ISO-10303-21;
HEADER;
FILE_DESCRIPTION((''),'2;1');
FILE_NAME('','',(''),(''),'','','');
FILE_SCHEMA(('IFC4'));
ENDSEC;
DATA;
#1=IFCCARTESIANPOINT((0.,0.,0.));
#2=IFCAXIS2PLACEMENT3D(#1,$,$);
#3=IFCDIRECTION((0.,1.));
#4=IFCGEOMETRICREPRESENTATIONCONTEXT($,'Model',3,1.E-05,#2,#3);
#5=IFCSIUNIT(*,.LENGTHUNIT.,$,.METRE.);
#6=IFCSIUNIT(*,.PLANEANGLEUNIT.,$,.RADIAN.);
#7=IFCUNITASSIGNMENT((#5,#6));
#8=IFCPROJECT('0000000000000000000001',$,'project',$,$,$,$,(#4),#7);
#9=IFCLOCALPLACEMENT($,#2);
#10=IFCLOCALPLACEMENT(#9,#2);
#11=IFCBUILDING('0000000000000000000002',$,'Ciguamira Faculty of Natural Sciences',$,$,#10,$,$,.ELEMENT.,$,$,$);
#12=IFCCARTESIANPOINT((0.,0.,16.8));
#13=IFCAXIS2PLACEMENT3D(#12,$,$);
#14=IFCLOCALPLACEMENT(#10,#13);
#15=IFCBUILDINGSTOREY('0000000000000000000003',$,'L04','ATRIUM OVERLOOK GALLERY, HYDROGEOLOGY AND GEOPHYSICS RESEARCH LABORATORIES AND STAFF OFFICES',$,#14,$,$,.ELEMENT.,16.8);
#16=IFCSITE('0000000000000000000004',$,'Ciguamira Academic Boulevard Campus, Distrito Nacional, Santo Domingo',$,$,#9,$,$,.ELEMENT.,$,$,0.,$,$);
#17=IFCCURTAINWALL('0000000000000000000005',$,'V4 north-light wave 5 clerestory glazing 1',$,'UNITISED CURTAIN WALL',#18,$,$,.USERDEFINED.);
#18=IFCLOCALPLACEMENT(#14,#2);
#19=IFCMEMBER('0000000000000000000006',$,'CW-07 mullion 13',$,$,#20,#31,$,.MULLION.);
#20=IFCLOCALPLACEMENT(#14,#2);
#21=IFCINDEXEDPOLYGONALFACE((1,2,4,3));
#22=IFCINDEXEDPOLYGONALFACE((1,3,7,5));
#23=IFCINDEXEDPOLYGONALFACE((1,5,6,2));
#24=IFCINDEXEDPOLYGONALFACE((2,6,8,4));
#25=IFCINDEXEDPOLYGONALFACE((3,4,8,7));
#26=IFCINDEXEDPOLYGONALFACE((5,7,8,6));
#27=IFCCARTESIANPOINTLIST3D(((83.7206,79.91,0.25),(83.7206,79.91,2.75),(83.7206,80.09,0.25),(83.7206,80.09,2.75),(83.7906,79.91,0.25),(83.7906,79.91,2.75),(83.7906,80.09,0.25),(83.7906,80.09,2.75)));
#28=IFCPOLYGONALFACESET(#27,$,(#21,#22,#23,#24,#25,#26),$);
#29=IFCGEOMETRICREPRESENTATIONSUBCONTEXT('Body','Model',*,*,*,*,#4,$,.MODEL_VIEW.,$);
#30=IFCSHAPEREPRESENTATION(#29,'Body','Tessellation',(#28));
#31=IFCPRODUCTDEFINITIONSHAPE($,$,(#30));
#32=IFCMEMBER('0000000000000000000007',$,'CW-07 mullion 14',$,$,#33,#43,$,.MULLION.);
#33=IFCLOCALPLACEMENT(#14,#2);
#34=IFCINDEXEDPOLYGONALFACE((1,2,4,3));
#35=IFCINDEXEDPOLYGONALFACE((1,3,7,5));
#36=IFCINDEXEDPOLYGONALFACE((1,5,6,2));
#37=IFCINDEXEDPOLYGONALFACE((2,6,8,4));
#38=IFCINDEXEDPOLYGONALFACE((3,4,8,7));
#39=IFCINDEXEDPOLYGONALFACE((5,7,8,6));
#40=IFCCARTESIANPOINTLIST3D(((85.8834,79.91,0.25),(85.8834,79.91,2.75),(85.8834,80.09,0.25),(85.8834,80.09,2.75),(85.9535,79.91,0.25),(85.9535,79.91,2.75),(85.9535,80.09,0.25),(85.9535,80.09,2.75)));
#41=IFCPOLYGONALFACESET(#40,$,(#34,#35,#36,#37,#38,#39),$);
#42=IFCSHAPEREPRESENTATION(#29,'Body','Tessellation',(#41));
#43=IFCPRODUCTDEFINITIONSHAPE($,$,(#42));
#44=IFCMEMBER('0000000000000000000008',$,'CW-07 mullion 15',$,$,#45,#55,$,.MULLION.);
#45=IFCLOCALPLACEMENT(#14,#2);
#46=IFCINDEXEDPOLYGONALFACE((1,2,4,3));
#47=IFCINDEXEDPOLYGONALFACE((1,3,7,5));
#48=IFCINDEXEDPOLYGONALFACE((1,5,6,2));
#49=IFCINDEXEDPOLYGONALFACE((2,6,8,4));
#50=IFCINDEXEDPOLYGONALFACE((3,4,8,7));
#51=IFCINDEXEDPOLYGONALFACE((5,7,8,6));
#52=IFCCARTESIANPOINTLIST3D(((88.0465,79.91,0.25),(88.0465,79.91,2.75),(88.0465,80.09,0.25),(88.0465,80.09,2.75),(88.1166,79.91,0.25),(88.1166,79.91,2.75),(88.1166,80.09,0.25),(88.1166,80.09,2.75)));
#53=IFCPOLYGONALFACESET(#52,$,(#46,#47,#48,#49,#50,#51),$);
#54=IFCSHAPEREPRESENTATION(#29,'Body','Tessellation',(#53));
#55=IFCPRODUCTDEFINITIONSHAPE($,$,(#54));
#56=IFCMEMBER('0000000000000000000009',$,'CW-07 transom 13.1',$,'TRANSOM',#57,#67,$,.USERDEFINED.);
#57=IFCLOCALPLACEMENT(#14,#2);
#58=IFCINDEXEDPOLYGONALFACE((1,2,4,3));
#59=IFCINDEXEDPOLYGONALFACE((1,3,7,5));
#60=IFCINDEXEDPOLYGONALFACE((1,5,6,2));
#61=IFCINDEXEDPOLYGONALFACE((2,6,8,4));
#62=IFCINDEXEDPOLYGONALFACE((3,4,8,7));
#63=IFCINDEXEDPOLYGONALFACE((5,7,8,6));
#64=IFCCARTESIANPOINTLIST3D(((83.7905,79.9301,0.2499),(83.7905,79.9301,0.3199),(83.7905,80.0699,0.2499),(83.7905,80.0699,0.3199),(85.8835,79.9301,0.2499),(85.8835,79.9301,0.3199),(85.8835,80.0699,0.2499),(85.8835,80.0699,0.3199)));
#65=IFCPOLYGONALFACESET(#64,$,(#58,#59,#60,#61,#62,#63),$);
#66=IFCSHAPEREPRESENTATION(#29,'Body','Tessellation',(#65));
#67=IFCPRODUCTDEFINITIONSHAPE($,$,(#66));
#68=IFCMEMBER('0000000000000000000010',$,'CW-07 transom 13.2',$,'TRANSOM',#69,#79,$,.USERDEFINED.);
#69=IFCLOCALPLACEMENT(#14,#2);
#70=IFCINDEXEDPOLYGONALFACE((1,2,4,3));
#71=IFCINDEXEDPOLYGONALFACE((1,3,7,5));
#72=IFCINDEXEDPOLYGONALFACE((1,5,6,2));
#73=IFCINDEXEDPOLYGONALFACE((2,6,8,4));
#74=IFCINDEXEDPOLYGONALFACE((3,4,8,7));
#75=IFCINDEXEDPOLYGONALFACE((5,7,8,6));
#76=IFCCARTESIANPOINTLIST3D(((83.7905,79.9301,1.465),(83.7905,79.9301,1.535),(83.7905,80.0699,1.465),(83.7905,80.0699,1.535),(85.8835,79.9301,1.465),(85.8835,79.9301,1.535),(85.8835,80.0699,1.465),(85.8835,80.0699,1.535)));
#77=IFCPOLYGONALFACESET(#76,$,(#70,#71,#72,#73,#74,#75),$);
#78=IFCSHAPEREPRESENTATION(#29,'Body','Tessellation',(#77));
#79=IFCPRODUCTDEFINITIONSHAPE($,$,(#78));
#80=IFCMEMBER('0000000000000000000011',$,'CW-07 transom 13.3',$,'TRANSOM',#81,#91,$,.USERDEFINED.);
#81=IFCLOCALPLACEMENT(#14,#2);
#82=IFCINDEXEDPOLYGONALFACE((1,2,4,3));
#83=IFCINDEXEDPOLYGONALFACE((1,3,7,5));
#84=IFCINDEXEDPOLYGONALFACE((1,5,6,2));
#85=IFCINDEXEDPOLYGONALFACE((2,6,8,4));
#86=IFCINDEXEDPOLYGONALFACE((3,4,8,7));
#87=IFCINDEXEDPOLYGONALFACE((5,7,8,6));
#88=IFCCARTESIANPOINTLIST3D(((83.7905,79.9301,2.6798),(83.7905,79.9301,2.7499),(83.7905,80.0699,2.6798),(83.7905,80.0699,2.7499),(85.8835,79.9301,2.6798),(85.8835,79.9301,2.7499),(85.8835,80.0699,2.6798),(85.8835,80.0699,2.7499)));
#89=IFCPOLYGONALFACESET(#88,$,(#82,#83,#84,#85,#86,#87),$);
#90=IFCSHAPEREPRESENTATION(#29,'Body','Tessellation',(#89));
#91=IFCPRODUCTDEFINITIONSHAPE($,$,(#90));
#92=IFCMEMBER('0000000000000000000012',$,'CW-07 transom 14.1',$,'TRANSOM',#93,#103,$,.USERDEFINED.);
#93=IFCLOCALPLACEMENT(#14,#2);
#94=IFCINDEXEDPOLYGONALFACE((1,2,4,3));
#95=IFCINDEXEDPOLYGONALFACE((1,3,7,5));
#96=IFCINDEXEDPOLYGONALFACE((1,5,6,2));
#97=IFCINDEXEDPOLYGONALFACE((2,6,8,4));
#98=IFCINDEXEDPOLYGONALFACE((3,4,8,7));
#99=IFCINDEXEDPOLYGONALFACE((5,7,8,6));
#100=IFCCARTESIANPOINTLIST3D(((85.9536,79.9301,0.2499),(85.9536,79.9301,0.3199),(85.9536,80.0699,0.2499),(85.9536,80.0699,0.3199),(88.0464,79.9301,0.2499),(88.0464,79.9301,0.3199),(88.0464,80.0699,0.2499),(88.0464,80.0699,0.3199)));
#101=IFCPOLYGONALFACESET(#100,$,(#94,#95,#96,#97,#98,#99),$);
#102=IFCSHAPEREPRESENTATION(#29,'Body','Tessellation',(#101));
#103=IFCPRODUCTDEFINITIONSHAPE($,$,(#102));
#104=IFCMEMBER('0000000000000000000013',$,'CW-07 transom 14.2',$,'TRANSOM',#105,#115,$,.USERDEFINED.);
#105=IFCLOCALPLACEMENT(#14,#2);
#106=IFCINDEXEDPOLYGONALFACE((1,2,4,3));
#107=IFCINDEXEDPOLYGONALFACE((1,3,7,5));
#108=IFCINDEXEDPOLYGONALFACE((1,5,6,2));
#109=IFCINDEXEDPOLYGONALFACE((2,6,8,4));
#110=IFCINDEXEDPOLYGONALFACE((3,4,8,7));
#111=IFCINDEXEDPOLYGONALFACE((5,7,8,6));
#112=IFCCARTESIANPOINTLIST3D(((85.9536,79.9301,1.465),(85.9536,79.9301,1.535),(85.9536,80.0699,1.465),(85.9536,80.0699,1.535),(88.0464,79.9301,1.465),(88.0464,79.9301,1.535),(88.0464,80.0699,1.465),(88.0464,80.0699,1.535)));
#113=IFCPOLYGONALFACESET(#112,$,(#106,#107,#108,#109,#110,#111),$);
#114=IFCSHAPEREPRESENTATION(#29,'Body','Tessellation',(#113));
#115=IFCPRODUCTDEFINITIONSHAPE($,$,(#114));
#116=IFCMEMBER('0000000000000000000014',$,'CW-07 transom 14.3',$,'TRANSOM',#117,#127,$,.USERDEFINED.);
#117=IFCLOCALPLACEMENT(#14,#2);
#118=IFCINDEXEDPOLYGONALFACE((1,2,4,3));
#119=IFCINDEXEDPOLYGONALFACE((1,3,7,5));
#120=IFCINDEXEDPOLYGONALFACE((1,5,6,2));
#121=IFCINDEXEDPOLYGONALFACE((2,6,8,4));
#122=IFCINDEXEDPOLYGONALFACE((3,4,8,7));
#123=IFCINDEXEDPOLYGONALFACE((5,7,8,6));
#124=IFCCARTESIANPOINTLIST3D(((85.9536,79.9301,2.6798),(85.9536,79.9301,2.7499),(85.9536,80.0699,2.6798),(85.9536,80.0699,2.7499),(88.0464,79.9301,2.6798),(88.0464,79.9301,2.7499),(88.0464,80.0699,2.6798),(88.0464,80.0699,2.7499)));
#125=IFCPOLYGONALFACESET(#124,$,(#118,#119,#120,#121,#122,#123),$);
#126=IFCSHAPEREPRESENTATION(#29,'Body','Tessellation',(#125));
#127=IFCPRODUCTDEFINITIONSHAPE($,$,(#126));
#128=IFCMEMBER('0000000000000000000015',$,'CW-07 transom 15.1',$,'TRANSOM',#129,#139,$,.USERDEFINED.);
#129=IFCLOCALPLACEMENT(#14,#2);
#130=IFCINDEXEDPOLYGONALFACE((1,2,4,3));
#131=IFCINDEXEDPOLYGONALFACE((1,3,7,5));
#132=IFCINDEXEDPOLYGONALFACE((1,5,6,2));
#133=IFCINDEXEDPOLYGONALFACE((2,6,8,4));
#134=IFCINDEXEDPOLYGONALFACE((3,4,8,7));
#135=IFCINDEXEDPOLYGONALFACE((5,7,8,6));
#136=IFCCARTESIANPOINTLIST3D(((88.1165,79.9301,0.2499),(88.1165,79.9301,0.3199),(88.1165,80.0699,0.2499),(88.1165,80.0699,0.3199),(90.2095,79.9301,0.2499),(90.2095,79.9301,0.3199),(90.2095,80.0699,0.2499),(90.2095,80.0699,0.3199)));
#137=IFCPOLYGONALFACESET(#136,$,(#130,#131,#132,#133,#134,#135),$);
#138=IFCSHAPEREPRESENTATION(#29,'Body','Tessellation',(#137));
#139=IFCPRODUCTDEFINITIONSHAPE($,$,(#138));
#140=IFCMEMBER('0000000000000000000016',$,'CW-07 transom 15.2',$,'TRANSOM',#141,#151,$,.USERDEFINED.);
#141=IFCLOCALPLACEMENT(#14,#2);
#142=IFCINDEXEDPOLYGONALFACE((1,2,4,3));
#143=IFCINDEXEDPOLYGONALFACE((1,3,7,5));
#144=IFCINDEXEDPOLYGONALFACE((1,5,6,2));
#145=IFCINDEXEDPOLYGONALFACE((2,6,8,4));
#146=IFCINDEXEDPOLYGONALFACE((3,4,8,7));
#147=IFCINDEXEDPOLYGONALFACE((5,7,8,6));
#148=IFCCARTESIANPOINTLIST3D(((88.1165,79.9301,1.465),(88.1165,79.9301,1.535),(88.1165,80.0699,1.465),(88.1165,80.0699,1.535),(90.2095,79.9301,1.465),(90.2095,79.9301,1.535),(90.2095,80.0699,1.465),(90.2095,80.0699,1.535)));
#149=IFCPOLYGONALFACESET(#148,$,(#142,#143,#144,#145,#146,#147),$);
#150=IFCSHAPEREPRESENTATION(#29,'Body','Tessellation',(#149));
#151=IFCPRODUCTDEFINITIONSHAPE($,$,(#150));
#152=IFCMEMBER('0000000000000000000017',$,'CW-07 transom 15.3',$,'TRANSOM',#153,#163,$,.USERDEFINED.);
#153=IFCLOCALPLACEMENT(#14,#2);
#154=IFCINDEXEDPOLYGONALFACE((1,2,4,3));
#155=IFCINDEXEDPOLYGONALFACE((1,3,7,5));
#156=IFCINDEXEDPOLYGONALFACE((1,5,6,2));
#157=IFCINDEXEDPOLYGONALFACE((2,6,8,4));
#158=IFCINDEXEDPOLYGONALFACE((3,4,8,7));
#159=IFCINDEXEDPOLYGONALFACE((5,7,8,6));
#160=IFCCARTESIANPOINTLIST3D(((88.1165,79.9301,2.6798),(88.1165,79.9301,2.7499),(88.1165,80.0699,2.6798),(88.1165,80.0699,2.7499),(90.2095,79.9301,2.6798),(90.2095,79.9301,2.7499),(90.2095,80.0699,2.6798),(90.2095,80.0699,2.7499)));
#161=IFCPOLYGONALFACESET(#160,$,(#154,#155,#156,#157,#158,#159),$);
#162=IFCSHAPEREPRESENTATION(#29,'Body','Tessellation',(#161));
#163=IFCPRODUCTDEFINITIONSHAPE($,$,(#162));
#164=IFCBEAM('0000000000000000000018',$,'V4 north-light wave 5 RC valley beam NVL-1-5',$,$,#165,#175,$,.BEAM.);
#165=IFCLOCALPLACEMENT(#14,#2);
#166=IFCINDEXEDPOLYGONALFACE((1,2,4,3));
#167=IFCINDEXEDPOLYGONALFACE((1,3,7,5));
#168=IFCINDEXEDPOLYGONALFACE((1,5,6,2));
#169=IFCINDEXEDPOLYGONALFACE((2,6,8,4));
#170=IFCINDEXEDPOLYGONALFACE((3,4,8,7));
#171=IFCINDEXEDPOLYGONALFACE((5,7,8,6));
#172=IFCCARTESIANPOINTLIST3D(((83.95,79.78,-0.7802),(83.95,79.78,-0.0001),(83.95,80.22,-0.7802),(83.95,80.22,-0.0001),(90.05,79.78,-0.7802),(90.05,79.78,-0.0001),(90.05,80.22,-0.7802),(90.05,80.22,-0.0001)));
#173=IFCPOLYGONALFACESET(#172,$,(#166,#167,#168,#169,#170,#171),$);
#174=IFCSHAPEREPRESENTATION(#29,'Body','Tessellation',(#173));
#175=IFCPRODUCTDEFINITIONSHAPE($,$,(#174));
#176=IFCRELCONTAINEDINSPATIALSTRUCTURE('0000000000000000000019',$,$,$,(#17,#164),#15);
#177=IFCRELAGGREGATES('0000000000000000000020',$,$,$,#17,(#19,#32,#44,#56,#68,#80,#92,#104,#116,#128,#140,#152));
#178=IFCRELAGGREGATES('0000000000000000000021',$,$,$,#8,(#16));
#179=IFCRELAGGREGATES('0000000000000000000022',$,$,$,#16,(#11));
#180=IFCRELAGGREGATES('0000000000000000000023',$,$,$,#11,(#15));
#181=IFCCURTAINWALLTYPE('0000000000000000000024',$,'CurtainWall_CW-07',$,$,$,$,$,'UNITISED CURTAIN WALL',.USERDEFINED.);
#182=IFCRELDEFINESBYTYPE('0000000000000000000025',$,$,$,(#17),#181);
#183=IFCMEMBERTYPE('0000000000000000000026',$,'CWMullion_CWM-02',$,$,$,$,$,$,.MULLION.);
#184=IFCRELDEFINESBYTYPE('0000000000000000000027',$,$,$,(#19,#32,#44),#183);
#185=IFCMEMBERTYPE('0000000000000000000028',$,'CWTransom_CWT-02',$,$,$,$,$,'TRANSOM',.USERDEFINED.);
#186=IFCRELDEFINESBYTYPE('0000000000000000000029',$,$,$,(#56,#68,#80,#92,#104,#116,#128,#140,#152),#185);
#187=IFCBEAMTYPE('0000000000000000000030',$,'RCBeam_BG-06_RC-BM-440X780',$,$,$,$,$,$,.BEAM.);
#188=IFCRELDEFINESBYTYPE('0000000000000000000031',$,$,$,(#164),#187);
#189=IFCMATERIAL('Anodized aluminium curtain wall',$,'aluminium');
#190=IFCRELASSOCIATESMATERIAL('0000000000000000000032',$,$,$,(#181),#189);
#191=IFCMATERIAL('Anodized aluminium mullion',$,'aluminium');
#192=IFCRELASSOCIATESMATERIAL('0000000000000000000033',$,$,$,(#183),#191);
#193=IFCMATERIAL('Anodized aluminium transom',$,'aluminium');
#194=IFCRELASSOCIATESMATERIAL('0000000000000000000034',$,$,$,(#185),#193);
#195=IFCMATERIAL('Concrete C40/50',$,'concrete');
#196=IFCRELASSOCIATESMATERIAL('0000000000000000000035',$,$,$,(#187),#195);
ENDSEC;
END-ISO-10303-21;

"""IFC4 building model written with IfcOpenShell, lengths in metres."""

from ifc_helpers import new_model, si_unit, direction, frame, origin, origin_2d, place, context, subcontext, project, spatial, rectangle, extrude, material, material_profile, profile_set, type_object, element, aggregate, save


model = new_model("IFC4")

# Units and contexts
model_context = context("Model", 3, precision=1e-05, world=origin(), true_north=direction((0.0, 1.0)))
body_context = subcontext(model_context, "Body", "Model", "MODEL_VIEW")
ifc_project = project(units=[si_unit("LENGTHUNIT", "METRE"), si_unit("PLANEANGLEUNIT", "RADIAN")], contexts=[model_context])

# Site, building, storey
site_placement = place(None, origin())
site = spatial("IfcSite", under=ifc_project, at=site_placement, Name="Ciguamira Academic Boulevard Campus, Distrito Nacional, Santo Domingo", CompositionType="ELEMENT", RefElevation=0.0)
building_placement = place(site_placement, origin())
building = spatial("IfcBuilding", under=site, at=building_placement, Name="Ciguamira Faculty of Natural Sciences", CompositionType="ELEMENT")
storey_placement = place(building_placement, frame((0.0, 0.0, 16.8)))
storey = spatial("IfcBuildingStorey", under=building, at=storey_placement, Name="L04", Description="ATRIUM OVERLOOK GALLERY, HYDROGEOLOGY AND GEOPHYSICS RESEARCH LABORATORIES AND STAFF OFFICES", CompositionType="ELEMENT", Elevation=16.8)

# Curtain wall, members
ifc_material_1 = material(Name="Anodized aluminium curtain wall", Category="aluminium")
curtain_wall_type = type_object("IfcCurtainWallType", Name="CurtainWall_CW-07", ElementType="UNITISED CURTAIN WALL", PredefinedType="USERDEFINED", material=ifc_material_1)
curtain_wall_placement = place(storey_placement, origin())
curtain_wall = element("IfcCurtainWall", 1, at=curtain_wall_placement, inside=storey, type_object=curtain_wall_type, Name="V4 north-light wave 5 clerestory glazing 1", ObjectType="UNITISED CURTAIN WALL", PredefinedType="USERDEFINED")
ifc_material_2 = material(Name="Anodized aluminium mullion", Category="aluminium")
ifc_material_profile_1 = material_profile(ifc_material_2, rectangle(XDim=0.0701, YDim=0.1799, at=origin_2d()), Name="ALU-MUL-70X180")
ifc_profile_set_1 = profile_set([ifc_material_profile_1], Name="Anodized aluminium mullion")
member_type_1 = type_object("IfcMemberType", Name="CWMullion_CWM-02", PredefinedType="MULLION", material=ifc_profile_set_1)
member_1_placement = place(storey_placement, frame((83.7556, 80.0, 0.25), z_axis=(0.0, 0.0, 1.0), x_axis=(1.0, 0.0, 0.0)))
member_1 = element("IfcMember", 2, at=member_1_placement, type_object=member_type_1, Name="CW-07 mullion 13", PredefinedType="MULLION", context=body_context, shape_type="SweptSolid", body=[
    extrude(rectangle(XDim=0.0701, YDim=0.1799, at=origin_2d()), origin(), (0.0, 0.0, 1.0), 2.5),
])
member_2_placement = place(storey_placement, frame((85.9185, 80.0, 0.25), z_axis=(0.0, 0.0, 1.0), x_axis=(1.0, 0.0, 0.0)))
member_2 = element("IfcMember", 3, at=member_2_placement, type_object=member_type_1, Name="CW-07 mullion 14", PredefinedType="MULLION", context=body_context, shape_type="SweptSolid", body=[
    extrude(rectangle(XDim=0.0701, YDim=0.1799, at=origin_2d()), origin(), (0.0, 0.0, 1.0), 2.5),
])
member_3_placement = place(storey_placement, frame((88.0815, 80.0, 0.25), z_axis=(0.0, 0.0, 1.0), x_axis=(1.0, 0.0, 0.0)))
member_3 = element("IfcMember", 4, at=member_3_placement, type_object=member_type_1, Name="CW-07 mullion 15", PredefinedType="MULLION", context=body_context, shape_type="SweptSolid", body=[
    extrude(rectangle(XDim=0.0701, YDim=0.1799, at=origin_2d()), origin(), (0.0, 0.0, 1.0), 2.5),
])
ifc_material_3 = material(Name="Anodized aluminium transom", Category="aluminium")
ifc_material_profile_2 = material_profile(ifc_material_3, rectangle(XDim=0.0701, YDim=0.1399, at=origin_2d()), Name="ALU-TRN-70X140")
ifc_profile_set_2 = profile_set([ifc_material_profile_2], Name="Anodized aluminium transom")
member_type_2 = type_object("IfcMemberType", Name="CWTransom_CWT-02", ElementType="TRANSOM", PredefinedType="USERDEFINED", material=ifc_profile_set_2)
member_4_placement = place(storey_placement, frame((83.7905, 80.0, 0.2849), z_axis=(1.0, 0.0, 0.0), x_axis=(0.0, 0.0, 1.0)))
member_4 = element("IfcMember", 5, at=member_4_placement, type_object=member_type_2, Name="CW-07 transom 13.1", ObjectType="TRANSOM", PredefinedType="USERDEFINED", context=body_context, shape_type="SweptSolid", body=[
    extrude(rectangle(XDim=0.0701, YDim=0.1399, at=origin_2d()), origin(), (0.0, 0.0, 1.0), 2.093),
])
member_5_placement = place(storey_placement, frame((83.7905, 80.0, 1.5), z_axis=(1.0, 0.0, 0.0), x_axis=(0.0, 0.0, 1.0)))
member_5 = element("IfcMember", 6, at=member_5_placement, type_object=member_type_2, Name="CW-07 transom 13.2", ObjectType="TRANSOM", PredefinedType="USERDEFINED", context=body_context, shape_type="SweptSolid", body=[
    extrude(rectangle(XDim=0.0701, YDim=0.1399, at=origin_2d()), origin(), (0.0, 0.0, 1.0), 2.093),
])
member_6_placement = place(storey_placement, frame((83.7905, 80.0, 2.7148), z_axis=(1.0, 0.0, 0.0), x_axis=(0.0, 0.0, 1.0)))
member_6 = element("IfcMember", 7, at=member_6_placement, type_object=member_type_2, Name="CW-07 transom 13.3", ObjectType="TRANSOM", PredefinedType="USERDEFINED", context=body_context, shape_type="SweptSolid", body=[
    extrude(rectangle(XDim=0.0701, YDim=0.1399, at=origin_2d()), origin(), (0.0, 0.0, 1.0), 2.093),
])
member_7_placement = place(storey_placement, frame((85.9536, 80.0, 0.2849), z_axis=(1.0, 0.0, 0.0), x_axis=(0.0, 0.0, 1.0)))
member_7 = element("IfcMember", 8, at=member_7_placement, type_object=member_type_2, Name="CW-07 transom 14.1", ObjectType="TRANSOM", PredefinedType="USERDEFINED", context=body_context, shape_type="SweptSolid", body=[
    extrude(rectangle(XDim=0.0701, YDim=0.1399, at=origin_2d()), origin(), (0.0, 0.0, 1.0), 2.0928),
])
member_8_placement = place(storey_placement, frame((85.9536, 80.0, 1.5), z_axis=(1.0, 0.0, 0.0), x_axis=(0.0, 0.0, 1.0)))
member_8 = element("IfcMember", 9, at=member_8_placement, type_object=member_type_2, Name="CW-07 transom 14.2", ObjectType="TRANSOM", PredefinedType="USERDEFINED", context=body_context, shape_type="SweptSolid", body=[
    extrude(rectangle(XDim=0.0701, YDim=0.1399, at=origin_2d()), origin(), (0.0, 0.0, 1.0), 2.0928),
])
member_9_placement = place(storey_placement, frame((85.9536, 80.0, 2.7148), z_axis=(1.0, 0.0, 0.0), x_axis=(0.0, 0.0, 1.0)))
member_9 = element("IfcMember", 10, at=member_9_placement, type_object=member_type_2, Name="CW-07 transom 14.3", ObjectType="TRANSOM", PredefinedType="USERDEFINED", context=body_context, shape_type="SweptSolid", body=[
    extrude(rectangle(XDim=0.0701, YDim=0.1399, at=origin_2d()), origin(), (0.0, 0.0, 1.0), 2.0928),
])
member_10_placement = place(storey_placement, frame((88.1165, 80.0, 0.2849), z_axis=(1.0, 0.0, 0.0), x_axis=(0.0, 0.0, 1.0)))
member_10 = element("IfcMember", 11, at=member_10_placement, type_object=member_type_2, Name="CW-07 transom 15.1", ObjectType="TRANSOM", PredefinedType="USERDEFINED", context=body_context, shape_type="SweptSolid", body=[
    extrude(rectangle(XDim=0.0701, YDim=0.1399, at=origin_2d()), origin(), (0.0, 0.0, 1.0), 2.093),
])
member_11_placement = place(storey_placement, frame((88.1165, 80.0, 1.5), z_axis=(1.0, 0.0, 0.0), x_axis=(0.0, 0.0, 1.0)))
member_11 = element("IfcMember", 12, at=member_11_placement, type_object=member_type_2, Name="CW-07 transom 15.2", ObjectType="TRANSOM", PredefinedType="USERDEFINED", context=body_context, shape_type="SweptSolid", body=[
    extrude(rectangle(XDim=0.0701, YDim=0.1399, at=origin_2d()), origin(), (0.0, 0.0, 1.0), 2.093),
])
member_12_placement = place(storey_placement, frame((88.1165, 80.0, 2.7148), z_axis=(1.0, 0.0, 0.0), x_axis=(0.0, 0.0, 1.0)))
member_12 = element("IfcMember", 13, at=member_12_placement, type_object=member_type_2, Name="CW-07 transom 15.3", ObjectType="TRANSOM", PredefinedType="USERDEFINED", context=body_context, shape_type="SweptSolid", body=[
    extrude(rectangle(XDim=0.0701, YDim=0.1399, at=origin_2d()), origin(), (0.0, 0.0, 1.0), 2.093),
])

# Beam
ifc_material_4 = material(Name="Concrete C40/50", Category="concrete")
ifc_material_profile_3 = material_profile(ifc_material_4, rectangle(XDim=0.4399, YDim=0.78, at=origin_2d()), Name="RC-BM-440X780")
ifc_profile_set_3 = profile_set([ifc_material_profile_3], Name="Concrete C40/50")
beam_type = type_object("IfcBeamType", Name="RCBeam_BG-06_RC-BM-440X780", PredefinedType="BEAM", material=ifc_profile_set_3)
beam_placement = place(storey_placement, frame((83.95, 80.0, -0.3901), z_axis=(1.0, 0.0, 0.0), x_axis=(0.0, 1.0, 0.0)))
element("IfcBeam", 14, at=beam_placement, inside=storey, type_object=beam_type, Name="V4 north-light wave 5 RC valley beam NVL-1-5", PredefinedType="BEAM", context=body_context, shape_type="SweptSolid", body=[
    extrude(rectangle(XDim=0.4399, YDim=0.78, at=origin_2d()), origin(), (0.0, 0.0, 1.0), 6.1001),
])

aggregate(curtain_wall, [member_1, member_2, member_3, member_4, member_5, member_6, member_7, member_8, member_9, member_10, member_11, member_12])

save(model, "model.ifc")
